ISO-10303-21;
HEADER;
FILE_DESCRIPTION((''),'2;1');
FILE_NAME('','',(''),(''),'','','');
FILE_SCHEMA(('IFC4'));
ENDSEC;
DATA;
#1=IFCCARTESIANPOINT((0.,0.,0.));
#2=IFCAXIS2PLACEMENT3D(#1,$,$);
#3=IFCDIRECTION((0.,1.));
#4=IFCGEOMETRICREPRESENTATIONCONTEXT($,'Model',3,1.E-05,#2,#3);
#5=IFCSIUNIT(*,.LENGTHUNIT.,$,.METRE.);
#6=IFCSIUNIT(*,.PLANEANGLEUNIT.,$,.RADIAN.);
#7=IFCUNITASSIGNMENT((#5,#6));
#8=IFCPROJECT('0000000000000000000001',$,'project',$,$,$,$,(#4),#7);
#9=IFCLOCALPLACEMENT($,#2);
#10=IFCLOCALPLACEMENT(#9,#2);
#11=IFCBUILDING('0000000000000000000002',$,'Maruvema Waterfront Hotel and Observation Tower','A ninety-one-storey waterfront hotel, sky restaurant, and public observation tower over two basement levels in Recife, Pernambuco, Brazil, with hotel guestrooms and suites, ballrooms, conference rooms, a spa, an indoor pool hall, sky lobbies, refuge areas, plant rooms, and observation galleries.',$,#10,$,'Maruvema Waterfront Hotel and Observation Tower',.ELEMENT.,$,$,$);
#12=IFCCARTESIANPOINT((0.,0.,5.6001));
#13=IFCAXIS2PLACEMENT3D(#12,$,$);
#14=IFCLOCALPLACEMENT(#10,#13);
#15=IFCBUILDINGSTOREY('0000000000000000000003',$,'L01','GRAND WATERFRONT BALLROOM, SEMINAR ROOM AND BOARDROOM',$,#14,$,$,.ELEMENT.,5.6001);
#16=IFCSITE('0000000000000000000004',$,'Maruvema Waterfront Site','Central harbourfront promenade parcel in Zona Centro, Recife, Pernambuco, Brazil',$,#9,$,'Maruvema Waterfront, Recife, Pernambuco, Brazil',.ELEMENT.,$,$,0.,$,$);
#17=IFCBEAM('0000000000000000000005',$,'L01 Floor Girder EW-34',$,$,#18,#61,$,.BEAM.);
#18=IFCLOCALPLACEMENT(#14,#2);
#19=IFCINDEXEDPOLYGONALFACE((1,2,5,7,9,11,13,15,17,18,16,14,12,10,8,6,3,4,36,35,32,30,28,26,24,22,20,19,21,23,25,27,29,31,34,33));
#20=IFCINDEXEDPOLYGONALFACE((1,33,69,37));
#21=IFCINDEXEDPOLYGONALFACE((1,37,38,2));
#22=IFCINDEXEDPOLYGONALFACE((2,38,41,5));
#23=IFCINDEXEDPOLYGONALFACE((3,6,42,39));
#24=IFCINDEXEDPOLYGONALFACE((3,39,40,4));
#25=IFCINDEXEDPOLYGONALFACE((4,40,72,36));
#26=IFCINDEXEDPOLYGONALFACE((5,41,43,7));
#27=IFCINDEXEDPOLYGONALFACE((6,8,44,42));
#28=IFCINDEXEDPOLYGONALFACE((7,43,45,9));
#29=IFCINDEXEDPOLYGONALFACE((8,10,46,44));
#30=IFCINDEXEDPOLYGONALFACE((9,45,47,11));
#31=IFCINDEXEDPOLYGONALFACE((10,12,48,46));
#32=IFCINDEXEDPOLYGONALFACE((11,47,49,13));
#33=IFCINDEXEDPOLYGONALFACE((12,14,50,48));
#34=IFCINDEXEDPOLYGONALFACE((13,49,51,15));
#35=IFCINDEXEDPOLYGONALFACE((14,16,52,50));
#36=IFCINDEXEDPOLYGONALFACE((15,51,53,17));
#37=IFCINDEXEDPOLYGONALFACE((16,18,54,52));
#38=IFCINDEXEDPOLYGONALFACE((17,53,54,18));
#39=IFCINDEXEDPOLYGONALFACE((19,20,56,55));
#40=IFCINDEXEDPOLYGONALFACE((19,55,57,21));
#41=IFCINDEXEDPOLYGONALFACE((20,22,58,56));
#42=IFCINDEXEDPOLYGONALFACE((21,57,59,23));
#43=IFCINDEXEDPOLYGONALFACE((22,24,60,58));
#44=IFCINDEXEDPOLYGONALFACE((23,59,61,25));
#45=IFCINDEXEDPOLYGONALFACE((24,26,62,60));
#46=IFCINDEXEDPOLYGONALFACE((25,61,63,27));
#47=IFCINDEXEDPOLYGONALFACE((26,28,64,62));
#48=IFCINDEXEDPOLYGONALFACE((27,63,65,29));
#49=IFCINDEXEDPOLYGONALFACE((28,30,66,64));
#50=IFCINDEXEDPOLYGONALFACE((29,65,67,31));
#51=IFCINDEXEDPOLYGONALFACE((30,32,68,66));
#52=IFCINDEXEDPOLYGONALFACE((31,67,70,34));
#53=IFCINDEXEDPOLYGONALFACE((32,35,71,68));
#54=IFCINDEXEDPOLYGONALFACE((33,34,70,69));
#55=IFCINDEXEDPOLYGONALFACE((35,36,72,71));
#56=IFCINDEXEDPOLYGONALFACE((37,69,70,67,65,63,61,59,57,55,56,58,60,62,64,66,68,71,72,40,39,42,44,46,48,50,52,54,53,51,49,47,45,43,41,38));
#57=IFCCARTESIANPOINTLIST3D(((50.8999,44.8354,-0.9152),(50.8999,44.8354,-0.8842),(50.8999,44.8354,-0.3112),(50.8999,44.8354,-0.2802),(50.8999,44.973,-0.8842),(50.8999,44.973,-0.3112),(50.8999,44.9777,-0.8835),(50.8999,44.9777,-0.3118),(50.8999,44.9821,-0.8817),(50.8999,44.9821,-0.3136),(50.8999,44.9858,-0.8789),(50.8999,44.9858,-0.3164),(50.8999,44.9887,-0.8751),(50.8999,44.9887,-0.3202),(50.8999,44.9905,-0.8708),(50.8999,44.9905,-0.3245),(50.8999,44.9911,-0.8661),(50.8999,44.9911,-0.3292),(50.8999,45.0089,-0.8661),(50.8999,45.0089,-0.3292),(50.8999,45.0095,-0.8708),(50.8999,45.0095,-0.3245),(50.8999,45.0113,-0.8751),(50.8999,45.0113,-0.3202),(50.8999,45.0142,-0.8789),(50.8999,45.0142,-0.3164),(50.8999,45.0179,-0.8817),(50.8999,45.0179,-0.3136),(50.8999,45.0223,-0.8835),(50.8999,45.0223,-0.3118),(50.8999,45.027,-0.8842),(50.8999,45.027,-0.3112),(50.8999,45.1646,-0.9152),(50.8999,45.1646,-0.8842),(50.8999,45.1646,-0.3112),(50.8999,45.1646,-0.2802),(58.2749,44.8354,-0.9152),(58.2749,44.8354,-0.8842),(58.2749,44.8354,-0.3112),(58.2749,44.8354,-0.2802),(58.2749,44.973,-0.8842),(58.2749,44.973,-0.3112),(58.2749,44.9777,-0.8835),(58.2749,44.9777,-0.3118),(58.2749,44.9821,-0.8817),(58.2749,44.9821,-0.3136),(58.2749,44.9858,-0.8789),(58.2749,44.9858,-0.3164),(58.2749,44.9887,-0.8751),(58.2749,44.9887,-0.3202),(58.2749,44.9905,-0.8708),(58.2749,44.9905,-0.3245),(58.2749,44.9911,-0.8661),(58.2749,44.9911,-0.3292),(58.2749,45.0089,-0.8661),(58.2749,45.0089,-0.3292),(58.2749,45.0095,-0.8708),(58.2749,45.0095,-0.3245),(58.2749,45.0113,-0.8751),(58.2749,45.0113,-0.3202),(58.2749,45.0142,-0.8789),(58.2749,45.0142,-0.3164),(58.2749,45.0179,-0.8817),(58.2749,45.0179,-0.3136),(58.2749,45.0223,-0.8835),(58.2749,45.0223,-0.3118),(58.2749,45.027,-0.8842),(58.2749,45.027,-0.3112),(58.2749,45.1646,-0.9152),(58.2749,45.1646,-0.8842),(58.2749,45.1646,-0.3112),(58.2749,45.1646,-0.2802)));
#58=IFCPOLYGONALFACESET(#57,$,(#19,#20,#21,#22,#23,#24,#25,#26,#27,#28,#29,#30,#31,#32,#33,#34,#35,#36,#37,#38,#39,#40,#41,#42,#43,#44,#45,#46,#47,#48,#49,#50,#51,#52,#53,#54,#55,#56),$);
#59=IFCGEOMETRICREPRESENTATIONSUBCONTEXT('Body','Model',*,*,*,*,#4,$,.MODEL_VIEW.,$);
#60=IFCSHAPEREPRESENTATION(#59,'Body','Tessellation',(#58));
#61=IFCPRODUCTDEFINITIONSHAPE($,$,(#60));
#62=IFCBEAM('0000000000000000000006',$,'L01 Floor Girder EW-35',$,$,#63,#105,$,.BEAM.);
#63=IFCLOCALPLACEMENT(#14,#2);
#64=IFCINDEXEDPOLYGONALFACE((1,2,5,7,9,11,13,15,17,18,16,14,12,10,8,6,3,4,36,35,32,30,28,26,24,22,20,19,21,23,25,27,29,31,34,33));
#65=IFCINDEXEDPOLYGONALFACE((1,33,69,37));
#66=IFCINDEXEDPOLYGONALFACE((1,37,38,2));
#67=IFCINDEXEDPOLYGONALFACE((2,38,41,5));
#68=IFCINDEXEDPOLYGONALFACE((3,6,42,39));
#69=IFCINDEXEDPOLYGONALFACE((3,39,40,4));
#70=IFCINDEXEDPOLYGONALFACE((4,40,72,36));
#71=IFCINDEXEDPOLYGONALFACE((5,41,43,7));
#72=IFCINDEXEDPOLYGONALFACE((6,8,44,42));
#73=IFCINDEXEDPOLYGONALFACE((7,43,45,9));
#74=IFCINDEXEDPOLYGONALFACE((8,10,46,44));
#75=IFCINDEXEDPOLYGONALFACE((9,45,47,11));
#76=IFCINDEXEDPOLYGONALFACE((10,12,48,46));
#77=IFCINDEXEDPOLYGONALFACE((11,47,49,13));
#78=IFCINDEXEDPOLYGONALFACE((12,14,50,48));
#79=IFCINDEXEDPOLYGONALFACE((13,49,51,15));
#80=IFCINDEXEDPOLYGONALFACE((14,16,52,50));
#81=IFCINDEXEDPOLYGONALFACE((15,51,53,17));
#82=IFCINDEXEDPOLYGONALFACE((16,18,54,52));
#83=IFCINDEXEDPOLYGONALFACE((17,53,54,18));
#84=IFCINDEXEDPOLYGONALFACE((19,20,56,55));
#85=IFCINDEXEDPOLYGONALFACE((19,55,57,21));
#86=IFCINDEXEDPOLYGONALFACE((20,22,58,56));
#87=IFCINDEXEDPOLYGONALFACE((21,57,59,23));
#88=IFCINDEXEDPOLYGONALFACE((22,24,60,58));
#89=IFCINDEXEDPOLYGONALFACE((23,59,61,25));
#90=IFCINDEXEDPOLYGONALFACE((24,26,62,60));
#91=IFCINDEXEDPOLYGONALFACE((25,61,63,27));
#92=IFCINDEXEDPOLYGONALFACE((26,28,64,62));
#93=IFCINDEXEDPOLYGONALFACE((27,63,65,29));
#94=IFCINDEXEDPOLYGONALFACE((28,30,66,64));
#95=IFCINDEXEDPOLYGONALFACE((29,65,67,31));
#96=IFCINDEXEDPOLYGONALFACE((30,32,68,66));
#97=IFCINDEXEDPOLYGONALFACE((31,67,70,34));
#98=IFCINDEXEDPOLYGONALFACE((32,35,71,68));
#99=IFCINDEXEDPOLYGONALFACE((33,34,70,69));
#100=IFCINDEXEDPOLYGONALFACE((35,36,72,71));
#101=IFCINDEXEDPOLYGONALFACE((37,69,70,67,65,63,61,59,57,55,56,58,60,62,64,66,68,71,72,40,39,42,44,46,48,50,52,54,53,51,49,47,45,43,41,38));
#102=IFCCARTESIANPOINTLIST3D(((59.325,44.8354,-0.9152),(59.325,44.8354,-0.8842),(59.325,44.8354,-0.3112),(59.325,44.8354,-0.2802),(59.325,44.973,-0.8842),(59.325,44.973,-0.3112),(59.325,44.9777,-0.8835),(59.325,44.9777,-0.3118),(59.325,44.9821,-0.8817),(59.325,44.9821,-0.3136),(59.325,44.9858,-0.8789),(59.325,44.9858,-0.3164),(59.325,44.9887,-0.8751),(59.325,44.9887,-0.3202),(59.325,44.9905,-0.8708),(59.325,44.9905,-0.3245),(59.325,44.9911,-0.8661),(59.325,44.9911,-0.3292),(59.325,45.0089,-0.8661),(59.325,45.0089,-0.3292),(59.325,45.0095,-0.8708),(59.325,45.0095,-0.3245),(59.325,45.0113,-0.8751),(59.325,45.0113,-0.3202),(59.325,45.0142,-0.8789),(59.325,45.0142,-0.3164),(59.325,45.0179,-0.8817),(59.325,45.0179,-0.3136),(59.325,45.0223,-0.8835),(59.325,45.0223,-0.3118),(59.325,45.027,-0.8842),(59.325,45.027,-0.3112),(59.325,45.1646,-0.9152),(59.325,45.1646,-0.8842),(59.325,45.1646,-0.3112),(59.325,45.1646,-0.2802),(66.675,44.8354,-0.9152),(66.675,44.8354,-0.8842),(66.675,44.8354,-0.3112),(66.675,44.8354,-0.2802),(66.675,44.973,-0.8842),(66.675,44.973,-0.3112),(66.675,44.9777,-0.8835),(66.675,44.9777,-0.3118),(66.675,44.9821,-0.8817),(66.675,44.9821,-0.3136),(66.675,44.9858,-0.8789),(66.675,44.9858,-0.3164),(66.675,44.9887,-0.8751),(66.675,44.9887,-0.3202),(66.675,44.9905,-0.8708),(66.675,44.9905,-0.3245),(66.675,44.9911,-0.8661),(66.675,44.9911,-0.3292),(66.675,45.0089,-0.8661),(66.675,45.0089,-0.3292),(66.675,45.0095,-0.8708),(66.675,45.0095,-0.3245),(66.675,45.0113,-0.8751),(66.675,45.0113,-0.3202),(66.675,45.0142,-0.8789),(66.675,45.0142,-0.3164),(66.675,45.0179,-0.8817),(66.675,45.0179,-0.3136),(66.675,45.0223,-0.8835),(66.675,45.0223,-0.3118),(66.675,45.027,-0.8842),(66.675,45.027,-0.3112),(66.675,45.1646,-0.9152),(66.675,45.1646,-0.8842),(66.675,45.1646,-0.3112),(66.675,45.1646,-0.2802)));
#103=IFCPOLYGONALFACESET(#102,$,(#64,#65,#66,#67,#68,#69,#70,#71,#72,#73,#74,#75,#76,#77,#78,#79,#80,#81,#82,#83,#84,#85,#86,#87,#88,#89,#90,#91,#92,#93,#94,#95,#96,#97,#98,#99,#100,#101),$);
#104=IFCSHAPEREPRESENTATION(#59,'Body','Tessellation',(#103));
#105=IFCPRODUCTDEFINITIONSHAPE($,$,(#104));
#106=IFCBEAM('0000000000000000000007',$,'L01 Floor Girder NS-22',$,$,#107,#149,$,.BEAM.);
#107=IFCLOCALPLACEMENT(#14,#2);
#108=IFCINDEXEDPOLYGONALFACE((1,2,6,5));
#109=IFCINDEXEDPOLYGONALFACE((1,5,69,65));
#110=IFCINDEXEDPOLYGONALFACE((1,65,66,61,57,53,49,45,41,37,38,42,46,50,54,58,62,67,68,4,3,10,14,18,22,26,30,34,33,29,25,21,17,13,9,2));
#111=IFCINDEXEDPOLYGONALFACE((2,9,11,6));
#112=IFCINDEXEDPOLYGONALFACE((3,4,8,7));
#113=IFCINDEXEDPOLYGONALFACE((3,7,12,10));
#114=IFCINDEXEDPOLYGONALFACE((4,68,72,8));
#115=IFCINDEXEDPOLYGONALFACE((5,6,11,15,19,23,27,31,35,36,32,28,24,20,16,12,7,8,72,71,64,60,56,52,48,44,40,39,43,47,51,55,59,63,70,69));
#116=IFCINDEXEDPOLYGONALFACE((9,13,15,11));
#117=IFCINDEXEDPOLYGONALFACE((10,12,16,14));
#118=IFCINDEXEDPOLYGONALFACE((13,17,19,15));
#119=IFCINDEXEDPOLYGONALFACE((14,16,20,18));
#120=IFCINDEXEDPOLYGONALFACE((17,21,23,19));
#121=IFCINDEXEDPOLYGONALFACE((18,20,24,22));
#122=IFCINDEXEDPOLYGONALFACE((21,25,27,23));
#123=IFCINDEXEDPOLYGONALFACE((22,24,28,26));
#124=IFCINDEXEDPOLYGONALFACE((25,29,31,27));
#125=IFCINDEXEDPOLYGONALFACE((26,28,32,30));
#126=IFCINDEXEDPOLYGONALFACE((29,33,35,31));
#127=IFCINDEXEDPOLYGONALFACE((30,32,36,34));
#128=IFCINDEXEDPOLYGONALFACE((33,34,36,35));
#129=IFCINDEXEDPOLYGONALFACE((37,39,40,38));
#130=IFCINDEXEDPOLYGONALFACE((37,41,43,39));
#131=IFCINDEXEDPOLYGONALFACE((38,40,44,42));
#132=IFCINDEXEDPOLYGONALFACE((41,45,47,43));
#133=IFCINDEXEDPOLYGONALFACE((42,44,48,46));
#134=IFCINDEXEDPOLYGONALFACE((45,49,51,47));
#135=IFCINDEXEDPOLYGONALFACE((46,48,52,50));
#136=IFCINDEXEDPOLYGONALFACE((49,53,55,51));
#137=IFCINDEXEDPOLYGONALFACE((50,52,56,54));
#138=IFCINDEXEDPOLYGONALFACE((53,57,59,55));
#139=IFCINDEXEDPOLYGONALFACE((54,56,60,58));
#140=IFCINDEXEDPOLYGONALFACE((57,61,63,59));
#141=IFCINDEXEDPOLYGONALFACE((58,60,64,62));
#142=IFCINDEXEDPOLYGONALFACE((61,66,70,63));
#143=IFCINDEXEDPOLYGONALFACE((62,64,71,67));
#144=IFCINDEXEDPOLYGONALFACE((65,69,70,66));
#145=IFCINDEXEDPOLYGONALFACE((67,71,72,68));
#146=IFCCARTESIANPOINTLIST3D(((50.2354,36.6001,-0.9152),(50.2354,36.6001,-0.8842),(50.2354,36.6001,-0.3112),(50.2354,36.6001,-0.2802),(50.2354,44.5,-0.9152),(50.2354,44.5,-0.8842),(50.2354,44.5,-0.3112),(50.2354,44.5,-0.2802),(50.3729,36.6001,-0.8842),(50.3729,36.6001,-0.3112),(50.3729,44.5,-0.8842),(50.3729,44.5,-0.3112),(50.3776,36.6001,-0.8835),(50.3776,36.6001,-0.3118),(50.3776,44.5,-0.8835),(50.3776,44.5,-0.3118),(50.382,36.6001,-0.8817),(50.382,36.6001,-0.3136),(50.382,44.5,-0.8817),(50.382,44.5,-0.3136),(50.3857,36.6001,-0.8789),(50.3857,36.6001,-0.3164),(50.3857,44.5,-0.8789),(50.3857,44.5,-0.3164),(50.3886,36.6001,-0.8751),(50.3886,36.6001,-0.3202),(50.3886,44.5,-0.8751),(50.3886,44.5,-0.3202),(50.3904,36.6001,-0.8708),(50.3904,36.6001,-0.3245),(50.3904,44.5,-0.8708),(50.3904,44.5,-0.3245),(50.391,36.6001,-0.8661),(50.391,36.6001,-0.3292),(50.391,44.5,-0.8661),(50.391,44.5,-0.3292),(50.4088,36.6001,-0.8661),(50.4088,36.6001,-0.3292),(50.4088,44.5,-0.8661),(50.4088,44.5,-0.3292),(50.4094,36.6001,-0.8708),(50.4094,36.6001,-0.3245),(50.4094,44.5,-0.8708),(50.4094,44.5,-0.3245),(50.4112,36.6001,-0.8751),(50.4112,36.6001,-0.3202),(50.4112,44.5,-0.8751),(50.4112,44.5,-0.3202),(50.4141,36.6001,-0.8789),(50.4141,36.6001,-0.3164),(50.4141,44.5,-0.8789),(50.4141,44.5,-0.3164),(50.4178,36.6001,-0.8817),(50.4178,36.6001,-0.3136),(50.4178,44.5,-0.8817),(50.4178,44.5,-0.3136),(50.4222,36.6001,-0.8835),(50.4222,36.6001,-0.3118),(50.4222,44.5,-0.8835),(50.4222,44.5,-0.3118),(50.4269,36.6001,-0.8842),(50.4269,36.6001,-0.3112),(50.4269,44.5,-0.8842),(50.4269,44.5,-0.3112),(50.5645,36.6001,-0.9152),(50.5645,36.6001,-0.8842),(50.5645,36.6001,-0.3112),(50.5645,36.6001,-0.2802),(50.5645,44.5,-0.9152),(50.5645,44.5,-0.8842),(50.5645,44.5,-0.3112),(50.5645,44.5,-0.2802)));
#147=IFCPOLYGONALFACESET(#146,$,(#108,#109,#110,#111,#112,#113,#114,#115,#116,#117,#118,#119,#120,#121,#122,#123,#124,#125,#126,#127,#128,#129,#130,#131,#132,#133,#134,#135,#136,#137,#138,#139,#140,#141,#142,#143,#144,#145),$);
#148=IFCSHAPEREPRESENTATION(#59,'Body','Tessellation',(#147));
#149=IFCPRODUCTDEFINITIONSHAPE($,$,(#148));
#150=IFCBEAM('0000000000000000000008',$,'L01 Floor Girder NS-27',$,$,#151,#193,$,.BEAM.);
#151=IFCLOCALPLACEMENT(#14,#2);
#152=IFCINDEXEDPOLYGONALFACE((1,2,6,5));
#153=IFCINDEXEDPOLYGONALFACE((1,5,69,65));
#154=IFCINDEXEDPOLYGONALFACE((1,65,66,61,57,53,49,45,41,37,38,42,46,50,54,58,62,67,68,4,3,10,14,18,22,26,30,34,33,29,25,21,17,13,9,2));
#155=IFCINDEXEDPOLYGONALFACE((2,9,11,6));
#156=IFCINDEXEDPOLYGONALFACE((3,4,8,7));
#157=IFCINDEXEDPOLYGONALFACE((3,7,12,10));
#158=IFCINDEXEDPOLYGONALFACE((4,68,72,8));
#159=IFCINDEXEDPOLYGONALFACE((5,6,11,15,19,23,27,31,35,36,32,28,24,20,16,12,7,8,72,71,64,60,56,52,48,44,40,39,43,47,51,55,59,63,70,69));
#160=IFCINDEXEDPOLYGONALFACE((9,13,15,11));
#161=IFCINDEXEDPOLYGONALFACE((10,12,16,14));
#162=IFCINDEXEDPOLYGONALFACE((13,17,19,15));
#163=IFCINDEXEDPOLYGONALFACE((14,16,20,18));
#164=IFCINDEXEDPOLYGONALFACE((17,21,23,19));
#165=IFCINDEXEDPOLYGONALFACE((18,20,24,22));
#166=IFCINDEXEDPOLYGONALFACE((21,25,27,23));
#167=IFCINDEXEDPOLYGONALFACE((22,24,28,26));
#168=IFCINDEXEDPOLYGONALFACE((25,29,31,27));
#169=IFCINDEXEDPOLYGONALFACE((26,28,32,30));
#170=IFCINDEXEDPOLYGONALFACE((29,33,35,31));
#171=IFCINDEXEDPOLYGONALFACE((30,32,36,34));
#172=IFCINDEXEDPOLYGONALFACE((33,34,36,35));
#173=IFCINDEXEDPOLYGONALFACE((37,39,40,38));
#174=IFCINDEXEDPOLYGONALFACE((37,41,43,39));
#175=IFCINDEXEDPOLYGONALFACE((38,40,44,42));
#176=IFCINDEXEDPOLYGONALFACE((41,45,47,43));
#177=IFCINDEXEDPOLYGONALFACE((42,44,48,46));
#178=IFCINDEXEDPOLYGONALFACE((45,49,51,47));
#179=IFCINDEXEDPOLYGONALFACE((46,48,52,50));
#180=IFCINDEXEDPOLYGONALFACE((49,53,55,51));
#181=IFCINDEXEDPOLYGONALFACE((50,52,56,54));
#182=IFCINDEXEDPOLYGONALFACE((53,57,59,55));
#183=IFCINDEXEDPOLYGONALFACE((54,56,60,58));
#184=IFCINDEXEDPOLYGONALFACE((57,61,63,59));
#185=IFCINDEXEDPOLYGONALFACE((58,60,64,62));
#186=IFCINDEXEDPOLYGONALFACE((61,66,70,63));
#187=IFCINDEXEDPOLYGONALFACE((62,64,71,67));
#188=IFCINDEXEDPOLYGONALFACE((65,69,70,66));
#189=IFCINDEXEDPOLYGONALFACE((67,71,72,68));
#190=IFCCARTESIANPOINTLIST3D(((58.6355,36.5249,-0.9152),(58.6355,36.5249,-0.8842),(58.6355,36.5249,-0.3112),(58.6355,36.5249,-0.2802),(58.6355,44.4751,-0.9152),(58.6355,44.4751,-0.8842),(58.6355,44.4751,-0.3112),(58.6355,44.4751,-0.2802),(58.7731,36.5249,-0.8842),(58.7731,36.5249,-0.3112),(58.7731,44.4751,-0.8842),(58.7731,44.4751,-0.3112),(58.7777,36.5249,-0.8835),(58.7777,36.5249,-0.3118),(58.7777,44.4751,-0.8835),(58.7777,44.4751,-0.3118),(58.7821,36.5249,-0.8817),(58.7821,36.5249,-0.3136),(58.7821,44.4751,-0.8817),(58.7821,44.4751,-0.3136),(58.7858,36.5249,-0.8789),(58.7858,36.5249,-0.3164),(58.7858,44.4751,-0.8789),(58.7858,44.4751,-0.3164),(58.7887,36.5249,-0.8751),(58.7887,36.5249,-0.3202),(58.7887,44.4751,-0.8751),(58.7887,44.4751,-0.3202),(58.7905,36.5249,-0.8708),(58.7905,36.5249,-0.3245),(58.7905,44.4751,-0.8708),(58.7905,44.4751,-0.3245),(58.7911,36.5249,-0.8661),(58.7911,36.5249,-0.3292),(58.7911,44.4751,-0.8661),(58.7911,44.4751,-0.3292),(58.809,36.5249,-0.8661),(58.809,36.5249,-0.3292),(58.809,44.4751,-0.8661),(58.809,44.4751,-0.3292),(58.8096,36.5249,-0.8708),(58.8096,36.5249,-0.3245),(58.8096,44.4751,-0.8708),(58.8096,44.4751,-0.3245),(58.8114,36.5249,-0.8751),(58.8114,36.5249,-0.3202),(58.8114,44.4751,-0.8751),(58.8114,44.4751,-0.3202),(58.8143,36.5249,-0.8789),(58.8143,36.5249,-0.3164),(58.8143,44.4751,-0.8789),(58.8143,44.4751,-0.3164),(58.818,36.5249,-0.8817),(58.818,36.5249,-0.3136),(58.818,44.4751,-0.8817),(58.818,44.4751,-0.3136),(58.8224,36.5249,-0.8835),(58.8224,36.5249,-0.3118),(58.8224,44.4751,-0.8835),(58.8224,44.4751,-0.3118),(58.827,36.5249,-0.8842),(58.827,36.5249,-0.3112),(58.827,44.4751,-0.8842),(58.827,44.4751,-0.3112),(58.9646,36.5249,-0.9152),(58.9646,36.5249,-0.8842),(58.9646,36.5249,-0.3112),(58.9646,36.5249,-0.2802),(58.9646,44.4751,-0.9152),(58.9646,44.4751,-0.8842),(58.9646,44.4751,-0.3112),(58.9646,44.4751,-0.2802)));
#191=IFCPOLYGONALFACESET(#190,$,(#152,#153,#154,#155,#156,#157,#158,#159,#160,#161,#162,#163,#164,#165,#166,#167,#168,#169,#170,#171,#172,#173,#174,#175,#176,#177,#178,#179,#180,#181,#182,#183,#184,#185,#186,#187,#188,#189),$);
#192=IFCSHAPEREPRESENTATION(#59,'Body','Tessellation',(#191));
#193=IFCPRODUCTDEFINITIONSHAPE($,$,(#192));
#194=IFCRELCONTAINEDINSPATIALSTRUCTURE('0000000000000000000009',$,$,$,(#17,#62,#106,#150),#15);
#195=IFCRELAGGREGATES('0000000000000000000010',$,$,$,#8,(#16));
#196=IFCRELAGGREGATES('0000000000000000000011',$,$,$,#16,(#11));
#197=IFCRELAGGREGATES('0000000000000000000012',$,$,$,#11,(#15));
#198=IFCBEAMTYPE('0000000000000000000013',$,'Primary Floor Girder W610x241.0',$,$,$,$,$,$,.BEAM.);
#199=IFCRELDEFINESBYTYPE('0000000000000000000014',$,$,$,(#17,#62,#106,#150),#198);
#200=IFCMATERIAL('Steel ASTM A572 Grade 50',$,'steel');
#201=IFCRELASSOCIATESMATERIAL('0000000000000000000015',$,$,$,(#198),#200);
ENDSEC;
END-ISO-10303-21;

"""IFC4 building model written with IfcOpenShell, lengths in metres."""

from ifc_helpers import new_model, si_unit, direction, frame, origin, origin_2d, place, context, subcontext, project, spatial, i_section, extrude, material, material_profile, profile_set, type_object, element, save


model = new_model("IFC4")

# Units and contexts
model_context = context("Model", 3, precision=1e-05, world=origin(), true_north=direction((0.0, 1.0)))
body_context = subcontext(model_context, "Body", "Model", "MODEL_VIEW")
ifc_project = project(units=[si_unit("LENGTHUNIT", "METRE"), si_unit("PLANEANGLEUNIT", "RADIAN")], contexts=[model_context])

# Site, building, storey
site_placement = place(None, origin())
site = spatial("IfcSite", under=ifc_project, at=site_placement, Name="Maruvema Waterfront Site", Description="Central harbourfront promenade parcel in Zona Centro, Recife, Pernambuco, Brazil", LongName="Maruvema Waterfront, Recife, Pernambuco, Brazil", CompositionType="ELEMENT", RefElevation=0.0)
building_placement = place(site_placement, origin())
building = spatial("IfcBuilding", under=site, at=building_placement, Name="Maruvema Waterfront Hotel and Observation Tower", Description="A ninety-one-storey waterfront hotel, sky restaurant, and public observation tower over two basement levels in Recife, Pernambuco, Brazil, with hotel guestrooms and suites, ballrooms, conference rooms, a spa, an indoor pool hall, sky lobbies, refuge areas, plant rooms, and observation galleries.", LongName="Maruvema Waterfront Hotel and Observation Tower", CompositionType="ELEMENT")
storey_placement = place(building_placement, frame((0.0, 0.0, 5.6001)))
storey = spatial("IfcBuildingStorey", under=building, at=storey_placement, Name="L01", Description="GRAND WATERFRONT BALLROOM, SEMINAR ROOM AND BOARDROOM", CompositionType="ELEMENT", Elevation=5.6001)

# Beams
ifc_material_1 = material(Name="Steel ASTM A572 Grade 50", Category="steel")
ifc_material_profile_1 = material_profile(ifc_material_1, i_section(OverallWidth=0.3291, OverallDepth=0.635, WebThickness=0.0178, FlangeThickness=0.031, FilletRadius=0.0181, at=origin_2d()), Name="W610x241.0")
ifc_profile_set_1 = profile_set([ifc_material_profile_1], Name="Steel ASTM A572 Grade 50")
beam_type_1 = type_object("IfcBeamType", Name="Primary Floor Girder W610x241.0", PredefinedType="BEAM", material=ifc_profile_set_1)
beam_1_placement = place(storey_placement, frame((50.8999, 45.0, -0.5977), z_axis=(1.0, 0.0, 0.0), x_axis=(0.0, 1.0, 0.0)))
element("IfcBeam", 1, at=beam_1_placement, inside=storey, type_object=beam_type_1, Name="L01 Floor Girder EW-34", PredefinedType="BEAM", context=body_context, shape_type="SweptSolid", body=[
    extrude(i_section(OverallWidth=0.3291, OverallDepth=0.635, WebThickness=0.0178, FlangeThickness=0.031, FilletRadius=0.0181, at=origin_2d()), origin(), (0.0, 0.0, 1.0), 7.375),
])
beam_2_placement = place(storey_placement, frame((59.325, 45.0, -0.5977), z_axis=(1.0, 0.0, 0.0), x_axis=(0.0, 1.0, 0.0)))
element("IfcBeam", 2, at=beam_2_placement, inside=storey, type_object=beam_type_1, Name="L01 Floor Girder EW-35", PredefinedType="BEAM", context=body_context, shape_type="SweptSolid", body=[
    extrude(i_section(OverallWidth=0.3291, OverallDepth=0.635, WebThickness=0.0178, FlangeThickness=0.031, FilletRadius=0.0181, at=origin_2d()), origin(), (0.0, 0.0, 1.0), 7.3501),
])
beam_3_placement = place(storey_placement, frame((50.3999, 36.6001, -0.5977), z_axis=(0.0, 1.0, 0.0), x_axis=(-1.0, 0.0, 0.0)))
element("IfcBeam", 3, at=beam_3_placement, inside=storey, type_object=beam_type_1, Name="L01 Floor Girder NS-22", PredefinedType="BEAM", context=body_context, shape_type="SweptSolid", body=[
    extrude(i_section(OverallWidth=0.3291, OverallDepth=0.635, WebThickness=0.0178, FlangeThickness=0.031, FilletRadius=0.0181, at=origin_2d()), origin(), (0.0, 0.0, 1.0), 7.8999),
])
beam_4_placement = place(storey_placement, frame((58.8, 36.5249, -0.5977), z_axis=(0.0, 1.0, 0.0), x_axis=(-1.0, 0.0, 0.0)))
element("IfcBeam", 4, at=beam_4_placement, inside=storey, type_object=beam_type_1, Name="L01 Floor Girder NS-27", PredefinedType="BEAM", context=body_context, shape_type="SweptSolid", body=[
    extrude(i_section(OverallWidth=0.3291, OverallDepth=0.635, WebThickness=0.0178, FlangeThickness=0.031, FilletRadius=0.0181, at=origin_2d()), origin(), (0.0, 0.0, 1.0), 7.9502),
])

save(model, "model.ifc")
